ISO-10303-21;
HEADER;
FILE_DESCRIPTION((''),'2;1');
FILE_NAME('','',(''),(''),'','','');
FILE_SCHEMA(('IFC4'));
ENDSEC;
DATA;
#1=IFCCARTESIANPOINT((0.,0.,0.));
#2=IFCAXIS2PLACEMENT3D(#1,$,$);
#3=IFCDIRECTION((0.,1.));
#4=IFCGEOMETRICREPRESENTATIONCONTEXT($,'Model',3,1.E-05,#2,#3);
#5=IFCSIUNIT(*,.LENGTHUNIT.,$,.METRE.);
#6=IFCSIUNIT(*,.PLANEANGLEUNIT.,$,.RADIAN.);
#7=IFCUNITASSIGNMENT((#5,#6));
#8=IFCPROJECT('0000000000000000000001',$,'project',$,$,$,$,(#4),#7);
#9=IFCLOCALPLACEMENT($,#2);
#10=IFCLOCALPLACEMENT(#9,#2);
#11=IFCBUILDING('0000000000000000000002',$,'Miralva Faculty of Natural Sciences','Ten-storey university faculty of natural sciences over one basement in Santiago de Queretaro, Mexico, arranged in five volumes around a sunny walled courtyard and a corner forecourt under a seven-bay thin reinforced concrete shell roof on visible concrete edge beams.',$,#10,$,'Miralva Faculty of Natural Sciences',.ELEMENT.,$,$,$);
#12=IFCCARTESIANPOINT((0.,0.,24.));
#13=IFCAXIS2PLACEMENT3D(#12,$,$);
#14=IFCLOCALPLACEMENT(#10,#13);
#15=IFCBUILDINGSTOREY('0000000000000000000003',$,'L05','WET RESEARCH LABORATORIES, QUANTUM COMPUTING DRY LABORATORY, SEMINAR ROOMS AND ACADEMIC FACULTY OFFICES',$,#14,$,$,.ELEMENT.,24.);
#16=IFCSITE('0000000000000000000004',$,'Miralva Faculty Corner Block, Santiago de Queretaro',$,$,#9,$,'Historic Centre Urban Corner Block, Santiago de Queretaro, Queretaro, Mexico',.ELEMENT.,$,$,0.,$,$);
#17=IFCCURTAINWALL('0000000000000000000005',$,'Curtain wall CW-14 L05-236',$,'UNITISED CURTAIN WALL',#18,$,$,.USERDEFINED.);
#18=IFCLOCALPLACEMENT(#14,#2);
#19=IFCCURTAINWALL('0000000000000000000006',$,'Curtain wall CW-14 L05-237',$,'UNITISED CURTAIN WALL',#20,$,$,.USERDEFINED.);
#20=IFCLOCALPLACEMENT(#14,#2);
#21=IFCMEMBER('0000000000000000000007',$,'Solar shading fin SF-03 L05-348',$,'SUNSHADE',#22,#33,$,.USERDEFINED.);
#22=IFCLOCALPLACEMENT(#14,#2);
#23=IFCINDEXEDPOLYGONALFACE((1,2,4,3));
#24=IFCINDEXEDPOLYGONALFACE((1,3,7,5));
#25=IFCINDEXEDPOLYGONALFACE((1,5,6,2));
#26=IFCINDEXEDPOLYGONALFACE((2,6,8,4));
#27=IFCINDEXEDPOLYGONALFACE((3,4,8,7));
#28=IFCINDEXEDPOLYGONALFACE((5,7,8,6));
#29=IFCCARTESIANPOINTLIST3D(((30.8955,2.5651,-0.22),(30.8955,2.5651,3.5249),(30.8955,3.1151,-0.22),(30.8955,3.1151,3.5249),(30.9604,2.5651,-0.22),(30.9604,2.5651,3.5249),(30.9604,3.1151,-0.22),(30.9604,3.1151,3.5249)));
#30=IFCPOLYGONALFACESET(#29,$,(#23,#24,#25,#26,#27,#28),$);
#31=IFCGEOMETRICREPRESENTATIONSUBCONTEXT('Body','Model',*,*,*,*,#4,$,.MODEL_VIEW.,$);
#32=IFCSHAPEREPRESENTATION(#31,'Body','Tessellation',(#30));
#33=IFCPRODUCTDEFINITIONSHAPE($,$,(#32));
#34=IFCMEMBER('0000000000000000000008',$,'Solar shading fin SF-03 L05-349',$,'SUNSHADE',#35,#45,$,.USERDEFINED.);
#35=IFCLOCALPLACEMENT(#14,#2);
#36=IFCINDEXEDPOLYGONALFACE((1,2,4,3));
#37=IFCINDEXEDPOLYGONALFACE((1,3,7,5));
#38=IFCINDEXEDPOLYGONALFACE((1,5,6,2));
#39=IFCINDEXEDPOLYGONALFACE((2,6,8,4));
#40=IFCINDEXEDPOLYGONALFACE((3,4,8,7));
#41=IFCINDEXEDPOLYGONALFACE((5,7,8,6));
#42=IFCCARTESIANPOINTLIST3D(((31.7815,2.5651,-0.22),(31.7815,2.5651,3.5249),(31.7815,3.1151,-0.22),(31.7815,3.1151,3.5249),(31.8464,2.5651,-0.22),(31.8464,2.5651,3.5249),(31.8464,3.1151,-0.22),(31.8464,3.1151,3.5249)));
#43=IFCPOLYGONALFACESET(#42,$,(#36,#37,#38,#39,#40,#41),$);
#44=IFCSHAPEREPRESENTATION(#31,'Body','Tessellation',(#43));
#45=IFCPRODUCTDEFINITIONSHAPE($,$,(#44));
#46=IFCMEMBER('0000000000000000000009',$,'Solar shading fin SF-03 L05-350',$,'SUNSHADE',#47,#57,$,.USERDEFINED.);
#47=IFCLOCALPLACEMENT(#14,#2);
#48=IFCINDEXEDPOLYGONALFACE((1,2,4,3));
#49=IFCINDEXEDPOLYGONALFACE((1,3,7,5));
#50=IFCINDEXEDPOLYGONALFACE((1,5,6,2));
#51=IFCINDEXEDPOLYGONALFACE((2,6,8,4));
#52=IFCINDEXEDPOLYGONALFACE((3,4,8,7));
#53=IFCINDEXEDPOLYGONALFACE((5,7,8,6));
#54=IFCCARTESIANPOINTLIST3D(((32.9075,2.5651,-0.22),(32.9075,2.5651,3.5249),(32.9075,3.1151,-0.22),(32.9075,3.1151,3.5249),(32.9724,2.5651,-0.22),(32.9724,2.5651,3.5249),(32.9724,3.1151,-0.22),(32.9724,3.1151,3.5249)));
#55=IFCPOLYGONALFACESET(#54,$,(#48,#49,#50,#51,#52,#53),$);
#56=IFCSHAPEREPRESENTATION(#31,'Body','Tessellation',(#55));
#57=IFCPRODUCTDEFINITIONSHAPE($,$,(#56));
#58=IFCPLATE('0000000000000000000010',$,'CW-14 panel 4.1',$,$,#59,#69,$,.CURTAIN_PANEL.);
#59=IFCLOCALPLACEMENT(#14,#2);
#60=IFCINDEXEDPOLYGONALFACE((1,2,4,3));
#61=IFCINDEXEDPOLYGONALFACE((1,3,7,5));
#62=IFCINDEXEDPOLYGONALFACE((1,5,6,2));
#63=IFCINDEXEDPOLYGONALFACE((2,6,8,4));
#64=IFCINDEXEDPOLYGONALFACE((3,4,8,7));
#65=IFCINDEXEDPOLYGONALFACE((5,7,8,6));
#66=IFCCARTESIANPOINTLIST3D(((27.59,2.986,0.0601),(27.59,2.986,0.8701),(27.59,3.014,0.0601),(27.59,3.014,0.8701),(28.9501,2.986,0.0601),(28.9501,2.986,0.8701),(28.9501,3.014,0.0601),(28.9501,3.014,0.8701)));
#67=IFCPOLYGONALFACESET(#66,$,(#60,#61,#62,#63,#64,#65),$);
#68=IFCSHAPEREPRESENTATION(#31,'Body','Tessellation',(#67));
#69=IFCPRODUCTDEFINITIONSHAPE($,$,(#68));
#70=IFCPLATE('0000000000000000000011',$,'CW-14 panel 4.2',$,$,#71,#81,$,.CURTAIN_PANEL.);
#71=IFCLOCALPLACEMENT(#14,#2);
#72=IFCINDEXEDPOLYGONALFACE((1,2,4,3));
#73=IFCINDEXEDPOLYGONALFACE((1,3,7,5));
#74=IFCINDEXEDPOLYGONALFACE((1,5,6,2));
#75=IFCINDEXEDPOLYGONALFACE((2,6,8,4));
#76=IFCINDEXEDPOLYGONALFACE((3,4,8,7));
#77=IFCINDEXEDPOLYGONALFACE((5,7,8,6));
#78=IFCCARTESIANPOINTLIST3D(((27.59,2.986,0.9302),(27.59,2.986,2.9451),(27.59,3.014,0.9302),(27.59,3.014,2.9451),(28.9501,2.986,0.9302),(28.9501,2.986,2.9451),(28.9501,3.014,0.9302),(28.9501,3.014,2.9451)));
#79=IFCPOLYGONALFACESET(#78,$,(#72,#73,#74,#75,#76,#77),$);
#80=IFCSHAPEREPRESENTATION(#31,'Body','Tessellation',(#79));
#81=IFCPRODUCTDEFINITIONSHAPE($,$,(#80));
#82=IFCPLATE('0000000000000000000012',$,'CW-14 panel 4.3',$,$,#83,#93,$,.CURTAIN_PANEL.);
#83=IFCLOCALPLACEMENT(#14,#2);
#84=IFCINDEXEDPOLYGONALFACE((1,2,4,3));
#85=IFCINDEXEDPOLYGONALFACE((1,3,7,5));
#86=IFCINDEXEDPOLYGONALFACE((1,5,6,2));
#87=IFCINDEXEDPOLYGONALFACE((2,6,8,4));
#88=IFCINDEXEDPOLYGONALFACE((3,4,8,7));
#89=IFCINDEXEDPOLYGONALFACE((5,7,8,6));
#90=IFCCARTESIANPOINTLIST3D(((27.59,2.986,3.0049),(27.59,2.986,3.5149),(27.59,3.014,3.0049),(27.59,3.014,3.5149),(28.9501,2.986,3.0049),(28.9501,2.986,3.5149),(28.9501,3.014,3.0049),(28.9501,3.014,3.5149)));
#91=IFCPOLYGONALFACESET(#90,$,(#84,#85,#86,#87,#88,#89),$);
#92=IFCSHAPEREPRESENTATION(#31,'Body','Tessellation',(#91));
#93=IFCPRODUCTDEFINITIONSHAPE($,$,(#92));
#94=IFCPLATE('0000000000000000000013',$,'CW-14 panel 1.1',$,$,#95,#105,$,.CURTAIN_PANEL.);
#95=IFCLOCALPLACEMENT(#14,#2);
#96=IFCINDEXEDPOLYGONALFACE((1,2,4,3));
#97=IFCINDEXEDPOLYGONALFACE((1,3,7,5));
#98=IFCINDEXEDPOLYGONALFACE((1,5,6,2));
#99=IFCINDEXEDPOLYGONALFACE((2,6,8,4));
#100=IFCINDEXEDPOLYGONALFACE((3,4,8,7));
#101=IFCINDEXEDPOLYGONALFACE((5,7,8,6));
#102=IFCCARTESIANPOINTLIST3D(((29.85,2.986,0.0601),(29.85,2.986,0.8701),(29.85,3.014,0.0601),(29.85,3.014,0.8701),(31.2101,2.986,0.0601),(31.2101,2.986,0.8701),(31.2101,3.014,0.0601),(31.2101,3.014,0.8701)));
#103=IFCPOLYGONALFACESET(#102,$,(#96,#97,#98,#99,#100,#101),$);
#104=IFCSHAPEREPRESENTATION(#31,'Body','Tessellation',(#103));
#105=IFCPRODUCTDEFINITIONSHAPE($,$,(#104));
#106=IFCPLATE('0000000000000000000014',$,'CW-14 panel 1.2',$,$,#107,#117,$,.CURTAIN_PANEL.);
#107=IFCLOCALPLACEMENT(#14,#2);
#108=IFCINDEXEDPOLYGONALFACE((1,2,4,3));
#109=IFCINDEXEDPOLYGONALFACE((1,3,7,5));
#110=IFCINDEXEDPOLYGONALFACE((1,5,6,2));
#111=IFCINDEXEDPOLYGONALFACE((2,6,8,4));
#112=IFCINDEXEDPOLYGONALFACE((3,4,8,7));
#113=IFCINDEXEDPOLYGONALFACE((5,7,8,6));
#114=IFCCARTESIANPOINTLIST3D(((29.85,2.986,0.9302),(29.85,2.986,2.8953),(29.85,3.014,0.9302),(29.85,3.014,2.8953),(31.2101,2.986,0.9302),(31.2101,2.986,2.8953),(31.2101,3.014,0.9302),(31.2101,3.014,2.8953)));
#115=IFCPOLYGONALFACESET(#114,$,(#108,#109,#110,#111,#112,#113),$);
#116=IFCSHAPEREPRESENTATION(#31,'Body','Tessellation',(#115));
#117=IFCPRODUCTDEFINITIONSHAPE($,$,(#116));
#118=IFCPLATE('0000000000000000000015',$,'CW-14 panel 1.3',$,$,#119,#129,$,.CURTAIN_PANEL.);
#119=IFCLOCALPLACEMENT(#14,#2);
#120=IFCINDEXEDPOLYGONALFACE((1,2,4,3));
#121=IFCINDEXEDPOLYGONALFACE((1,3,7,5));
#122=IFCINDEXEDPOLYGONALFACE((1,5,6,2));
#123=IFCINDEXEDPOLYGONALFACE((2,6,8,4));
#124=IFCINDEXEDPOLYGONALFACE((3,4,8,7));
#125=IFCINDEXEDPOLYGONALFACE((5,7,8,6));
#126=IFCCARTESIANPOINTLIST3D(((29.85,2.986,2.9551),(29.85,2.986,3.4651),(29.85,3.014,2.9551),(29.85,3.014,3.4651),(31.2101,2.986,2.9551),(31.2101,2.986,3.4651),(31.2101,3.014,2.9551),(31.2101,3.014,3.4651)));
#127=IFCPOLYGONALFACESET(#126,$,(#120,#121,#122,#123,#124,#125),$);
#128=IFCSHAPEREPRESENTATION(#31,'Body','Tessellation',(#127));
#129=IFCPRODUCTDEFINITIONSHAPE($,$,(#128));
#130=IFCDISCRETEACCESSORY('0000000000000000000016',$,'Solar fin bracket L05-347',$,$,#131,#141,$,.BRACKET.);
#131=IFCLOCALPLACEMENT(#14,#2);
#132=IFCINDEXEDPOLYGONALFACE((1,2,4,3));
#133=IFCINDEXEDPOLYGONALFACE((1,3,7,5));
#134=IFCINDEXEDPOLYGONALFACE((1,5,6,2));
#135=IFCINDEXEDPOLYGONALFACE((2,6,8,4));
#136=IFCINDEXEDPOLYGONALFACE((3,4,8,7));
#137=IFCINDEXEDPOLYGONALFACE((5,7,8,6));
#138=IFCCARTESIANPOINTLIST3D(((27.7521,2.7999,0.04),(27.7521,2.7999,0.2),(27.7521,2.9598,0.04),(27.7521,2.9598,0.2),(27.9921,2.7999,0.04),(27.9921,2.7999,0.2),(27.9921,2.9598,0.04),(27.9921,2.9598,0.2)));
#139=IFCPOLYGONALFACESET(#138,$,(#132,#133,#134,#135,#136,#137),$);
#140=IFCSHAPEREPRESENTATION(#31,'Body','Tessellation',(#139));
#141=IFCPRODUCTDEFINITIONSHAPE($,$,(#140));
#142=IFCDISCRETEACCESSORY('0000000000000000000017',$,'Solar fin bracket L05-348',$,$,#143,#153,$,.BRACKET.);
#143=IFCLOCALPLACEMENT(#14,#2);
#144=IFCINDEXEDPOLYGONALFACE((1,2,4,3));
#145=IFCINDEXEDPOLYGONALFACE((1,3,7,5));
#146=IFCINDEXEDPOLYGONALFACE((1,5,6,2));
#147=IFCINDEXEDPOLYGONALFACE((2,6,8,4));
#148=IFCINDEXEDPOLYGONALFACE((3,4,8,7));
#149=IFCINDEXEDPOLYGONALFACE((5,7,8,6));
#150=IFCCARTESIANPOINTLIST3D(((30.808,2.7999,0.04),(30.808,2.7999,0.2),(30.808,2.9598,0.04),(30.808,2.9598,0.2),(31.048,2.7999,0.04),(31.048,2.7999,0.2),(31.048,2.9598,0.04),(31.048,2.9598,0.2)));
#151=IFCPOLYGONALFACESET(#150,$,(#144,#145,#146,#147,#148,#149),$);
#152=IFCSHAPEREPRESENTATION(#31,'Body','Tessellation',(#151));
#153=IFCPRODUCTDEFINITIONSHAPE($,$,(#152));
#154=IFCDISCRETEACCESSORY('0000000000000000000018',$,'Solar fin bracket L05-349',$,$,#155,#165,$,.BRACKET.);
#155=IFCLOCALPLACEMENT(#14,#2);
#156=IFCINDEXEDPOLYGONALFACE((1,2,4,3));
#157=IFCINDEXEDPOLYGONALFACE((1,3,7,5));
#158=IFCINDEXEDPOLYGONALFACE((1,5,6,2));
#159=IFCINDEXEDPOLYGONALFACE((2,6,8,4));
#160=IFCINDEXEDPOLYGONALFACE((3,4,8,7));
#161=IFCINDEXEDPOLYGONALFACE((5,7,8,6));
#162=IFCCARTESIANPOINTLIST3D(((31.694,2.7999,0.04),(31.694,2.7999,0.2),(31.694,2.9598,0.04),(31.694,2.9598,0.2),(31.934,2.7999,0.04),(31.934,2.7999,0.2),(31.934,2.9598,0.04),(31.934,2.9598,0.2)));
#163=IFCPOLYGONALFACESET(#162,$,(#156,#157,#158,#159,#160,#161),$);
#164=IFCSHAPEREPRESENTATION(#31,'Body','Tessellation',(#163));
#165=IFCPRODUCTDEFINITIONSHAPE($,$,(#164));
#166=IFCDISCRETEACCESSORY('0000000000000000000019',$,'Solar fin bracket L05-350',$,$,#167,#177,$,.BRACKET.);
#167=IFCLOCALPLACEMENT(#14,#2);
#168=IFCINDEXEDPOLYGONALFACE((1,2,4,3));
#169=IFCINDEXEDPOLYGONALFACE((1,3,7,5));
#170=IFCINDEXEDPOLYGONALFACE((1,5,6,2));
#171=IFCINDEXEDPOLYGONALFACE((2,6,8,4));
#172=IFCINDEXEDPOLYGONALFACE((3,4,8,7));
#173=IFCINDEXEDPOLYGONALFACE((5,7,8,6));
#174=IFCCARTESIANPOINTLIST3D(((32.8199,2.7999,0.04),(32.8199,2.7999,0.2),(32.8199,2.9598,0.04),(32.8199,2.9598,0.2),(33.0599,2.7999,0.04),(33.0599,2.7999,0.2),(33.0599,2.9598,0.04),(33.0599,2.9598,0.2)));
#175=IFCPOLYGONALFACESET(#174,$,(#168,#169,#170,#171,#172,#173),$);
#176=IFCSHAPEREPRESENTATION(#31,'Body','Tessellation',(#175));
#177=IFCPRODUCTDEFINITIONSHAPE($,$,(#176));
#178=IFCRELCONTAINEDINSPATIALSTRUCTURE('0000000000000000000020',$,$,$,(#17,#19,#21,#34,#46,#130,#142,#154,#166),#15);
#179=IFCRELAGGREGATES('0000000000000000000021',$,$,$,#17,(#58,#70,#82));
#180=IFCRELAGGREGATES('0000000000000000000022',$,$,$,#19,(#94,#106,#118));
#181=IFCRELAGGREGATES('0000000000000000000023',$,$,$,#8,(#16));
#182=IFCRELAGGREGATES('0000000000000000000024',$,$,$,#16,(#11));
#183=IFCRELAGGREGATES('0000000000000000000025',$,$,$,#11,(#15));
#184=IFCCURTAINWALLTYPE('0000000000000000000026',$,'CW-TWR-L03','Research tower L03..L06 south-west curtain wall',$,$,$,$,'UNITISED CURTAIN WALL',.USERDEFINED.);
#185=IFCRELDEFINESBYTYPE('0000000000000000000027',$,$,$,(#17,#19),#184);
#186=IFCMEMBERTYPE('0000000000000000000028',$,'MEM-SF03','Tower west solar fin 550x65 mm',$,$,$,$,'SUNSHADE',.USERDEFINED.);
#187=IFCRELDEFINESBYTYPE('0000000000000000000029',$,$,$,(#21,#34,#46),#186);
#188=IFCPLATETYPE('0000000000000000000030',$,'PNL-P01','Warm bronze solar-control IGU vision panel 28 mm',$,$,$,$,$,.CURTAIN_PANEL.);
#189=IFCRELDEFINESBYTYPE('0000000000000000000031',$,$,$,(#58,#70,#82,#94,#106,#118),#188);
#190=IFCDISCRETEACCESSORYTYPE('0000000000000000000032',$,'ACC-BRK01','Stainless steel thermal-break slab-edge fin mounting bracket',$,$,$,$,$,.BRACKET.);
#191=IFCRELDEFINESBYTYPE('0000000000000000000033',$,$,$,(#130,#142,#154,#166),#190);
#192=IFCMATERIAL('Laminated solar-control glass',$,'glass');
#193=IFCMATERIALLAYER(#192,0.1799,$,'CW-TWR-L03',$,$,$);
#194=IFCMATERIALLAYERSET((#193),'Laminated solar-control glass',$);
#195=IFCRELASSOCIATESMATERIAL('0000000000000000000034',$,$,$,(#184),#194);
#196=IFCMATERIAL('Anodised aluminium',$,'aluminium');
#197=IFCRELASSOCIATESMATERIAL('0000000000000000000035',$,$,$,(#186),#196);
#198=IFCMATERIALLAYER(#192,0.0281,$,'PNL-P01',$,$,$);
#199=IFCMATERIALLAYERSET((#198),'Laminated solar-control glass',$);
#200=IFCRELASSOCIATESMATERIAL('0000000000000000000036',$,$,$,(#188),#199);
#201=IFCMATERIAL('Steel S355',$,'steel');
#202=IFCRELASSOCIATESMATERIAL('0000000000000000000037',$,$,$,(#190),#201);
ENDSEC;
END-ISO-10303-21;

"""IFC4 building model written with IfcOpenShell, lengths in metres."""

from ifc_helpers import new_model, si_unit, direction, frame, origin, origin_2d, place, context, subcontext, project, spatial, rectangle, extrude, material, layer, layer_set, material_profile, profile_set, type_object, element, aggregate, save


model = new_model("IFC4")

# Units and contexts
model_context = context("Model", 3, precision=1e-05, world=origin(), true_north=direction((0.0, 1.0)))
body_context = subcontext(model_context, "Body", "Model", "MODEL_VIEW")
ifc_project = project(units=[si_unit("LENGTHUNIT", "METRE"), si_unit("PLANEANGLEUNIT", "RADIAN")], contexts=[model_context])

# Site, building, storey
site_placement = place(None, origin())
site = spatial("IfcSite", under=ifc_project, at=site_placement, Name="Miralva Faculty Corner Block, Santiago de Queretaro", LongName="Historic Centre Urban Corner Block, Santiago de Queretaro, Queretaro, Mexico", CompositionType="ELEMENT", RefElevation=0.0)
building_placement = place(site_placement, origin())
building = spatial("IfcBuilding", under=site, at=building_placement, Name="Miralva Faculty of Natural Sciences", Description="Ten-storey university faculty of natural sciences over one basement in Santiago de Queretaro, Mexico, arranged in five volumes around a sunny walled courtyard and a corner forecourt under a seven-bay thin reinforced concrete shell roof on visible concrete edge beams.", LongName="Miralva Faculty of Natural Sciences", CompositionType="ELEMENT")
storey_placement = place(building_placement, frame((0.0, 0.0, 24.0)))
storey = spatial("IfcBuildingStorey", under=building, at=storey_placement, Name="L05", Description="WET RESEARCH LABORATORIES, QUANTUM COMPUTING DRY LABORATORY, SEMINAR ROOMS AND ACADEMIC FACULTY OFFICES", CompositionType="ELEMENT", Elevation=24.0)

# Curtain wall
ifc_material_1 = material(Name="Laminated solar-control glass", Category="glass")
ifc_layer_1 = layer(ifc_material_1, 0.1799, Name="CW-TWR-L03")
ifc_layer_set_1 = layer_set([ifc_layer_1], Name="Laminated solar-control glass")
curtain_wall_type = type_object("IfcCurtainWallType", Name="CW-TWR-L03", Description="Research tower L03..L06 south-west curtain wall", ElementType="UNITISED CURTAIN WALL", PredefinedType="USERDEFINED", material=ifc_layer_set_1)
curtain_wall_1_placement = place(storey_placement, origin())
curtain_wall_1 = element("IfcCurtainWall", 1, at=curtain_wall_1_placement, inside=storey, type_object=curtain_wall_type, Name="Curtain wall CW-14 L05-236", ObjectType="UNITISED CURTAIN WALL", PredefinedType="USERDEFINED")
ifc_material_2 = material(Name="Anodised aluminium", Category="aluminium")

# Curtain wall
curtain_wall_2_placement = place(storey_placement, origin())
curtain_wall_2 = element("IfcCurtainWall", 2, at=curtain_wall_2_placement, inside=storey, type_object=curtain_wall_type, Name="Curtain wall CW-14 L05-237", ObjectType="UNITISED CURTAIN WALL", PredefinedType="USERDEFINED")

# Members
ifc_material_profile_1 = material_profile(ifc_material_2, rectangle(XDim=0.0649, YDim=0.55, at=origin_2d()), Name="FIN 550x65")
ifc_profile_set_1 = profile_set([ifc_material_profile_1], Name="Anodised aluminium")
member_type_1 = type_object("IfcMemberType", Name="MEM-SF03", Description="Tower west solar fin 550x65 mm", ElementType="SUNSHADE", PredefinedType="USERDEFINED", material=ifc_profile_set_1)
for number, where, z_axis, x_axis, name in (
    (3, (30.928, 2.8401, -0.22), (0.0, 0.0, 1.0), (1.0, 0.0, 0.0), "Solar shading fin SF-03 L05-348"),
    (4, (31.814, 2.8401, -0.22), (0.0, 0.0, 1.0), (1.0, 0.0, 0.0), "Solar shading fin SF-03 L05-349"),
    (5, (32.9399, 2.8401, -0.22), (0.0, 0.0, 1.0), (1.0, 0.0, 0.0), "Solar shading fin SF-03 L05-350"),
):
    element("IfcMember", number, at=place(storey_placement, frame(where, z_axis=z_axis, x_axis=x_axis)), inside=storey, type_object=member_type_1, Name=name, ObjectType="SUNSHADE", PredefinedType="USERDEFINED", context=body_context, shape_type="SweptSolid", body=[
        extrude(rectangle(XDim=0.0649, YDim=0.55, at=origin_2d()), origin(), (0.0, 0.0, 1.0), 3.7449),
    ])

# Plates
ifc_layer_2 = layer(ifc_material_1, 0.0281, Name="PNL-P01")
ifc_layer_set_2 = layer_set([ifc_layer_2], Name="Laminated solar-control glass")
plate_type = type_object("IfcPlateType", Name="PNL-P01", Description="Warm bronze solar-control IGU vision panel 28 mm", PredefinedType="CURTAIN_PANEL", material=ifc_layer_set_2)
plate_1_placement = place(storey_placement, frame((28.27, 3.0, 0.0601), z_axis=(0.0, 0.0, 1.0), x_axis=(1.0, 0.0, 0.0)))
plate_1 = element("IfcPlate", 6, at=plate_1_placement, type_object=plate_type, Name="CW-14 panel 4.1", PredefinedType="CURTAIN_PANEL", context=body_context, shape_type="SweptSolid", body=[
    extrude(rectangle(XDim=1.3601, YDim=0.0281, at=origin_2d()), origin(), (0.0, 0.0, 1.0), 0.8101),
])
plate_2_placement = place(storey_placement, frame((28.27, 3.0, 0.9302), z_axis=(0.0, 0.0, 1.0), x_axis=(1.0, 0.0, 0.0)))
plate_2 = element("IfcPlate", 7, at=plate_2_placement, type_object=plate_type, Name="CW-14 panel 4.2", PredefinedType="CURTAIN_PANEL", context=body_context, shape_type="SweptSolid", body=[
    extrude(rectangle(XDim=1.3601, YDim=0.0281, at=origin_2d()), origin(), (0.0, 0.0, 1.0), 2.0149),
])
plate_3_placement = place(storey_placement, frame((28.27, 3.0, 3.0049), z_axis=(0.0, 0.0, 1.0), x_axis=(1.0, 0.0, 0.0)))
plate_3 = element("IfcPlate", 8, at=plate_3_placement, type_object=plate_type, Name="CW-14 panel 4.3", PredefinedType="CURTAIN_PANEL", context=body_context, shape_type="SweptSolid", body=[
    extrude(rectangle(XDim=1.3601, YDim=0.0281, at=origin_2d()), origin(), (0.0, 0.0, 1.0), 0.51),
])
aggregate(curtain_wall_1, [plate_1, plate_2, plate_3])
plate_4_placement = place(storey_placement, frame((30.53, 3.0, 0.0601), z_axis=(0.0, 0.0, 1.0), x_axis=(1.0, 0.0, 0.0)))
plate_4 = element("IfcPlate", 9, at=plate_4_placement, type_object=plate_type, Name="CW-14 panel 1.1", PredefinedType="CURTAIN_PANEL", context=body_context, shape_type="SweptSolid", body=[
    extrude(rectangle(XDim=1.3601, YDim=0.0281, at=origin_2d()), origin(), (0.0, 0.0, 1.0), 0.8101),
])
plate_5_placement = place(storey_placement, frame((30.53, 3.0, 0.9302), z_axis=(0.0, 0.0, 1.0), x_axis=(1.0, 0.0, 0.0)))
plate_5 = element("IfcPlate", 10, at=plate_5_placement, type_object=plate_type, Name="CW-14 panel 1.2", PredefinedType="CURTAIN_PANEL", context=body_context, shape_type="SweptSolid", body=[
    extrude(rectangle(XDim=1.3601, YDim=0.0281, at=origin_2d()), origin(), (0.0, 0.0, 1.0), 1.9651),
])
plate_6_placement = place(storey_placement, frame((30.53, 3.0, 2.9551), z_axis=(0.0, 0.0, 1.0), x_axis=(1.0, 0.0, 0.0)))
plate_6 = element("IfcPlate", 11, at=plate_6_placement, type_object=plate_type, Name="CW-14 panel 1.3", PredefinedType="CURTAIN_PANEL", context=body_context, shape_type="SweptSolid", body=[
    extrude(rectangle(XDim=1.3601, YDim=0.0281, at=origin_2d()), origin(), (0.0, 0.0, 1.0), 0.51),
])
aggregate(curtain_wall_2, [plate_4, plate_5, plate_6])

# Discrete accessories
ifc_material_3 = material(Name="Steel S355", Category="steel")
discrete_accessory_type = type_object("IfcDiscreteAccessoryType", Name="ACC-BRK01", Description="Stainless steel thermal-break slab-edge fin mounting bracket", PredefinedType="BRACKET", material=ifc_material_3)
for number, where, z_axis, x_axis, name in (
    (12, (27.8721, 2.8799, 0.04), (0.0, 0.0, 1.0), (0.0, -1.0, 0.0), "Solar fin bracket L05-347"),
    (13, (30.928, 2.8799, 0.04), (0.0, 0.0, 1.0), (0.0, -1.0, 0.0), "Solar fin bracket L05-348"),
    (14, (31.814, 2.8799, 0.04), (0.0, 0.0, 1.0), (0.0, -1.0, 0.0), "Solar fin bracket L05-349"),
    (15, (32.9399, 2.8799, 0.04), (0.0, 0.0, 1.0), (0.0, -1.0, 0.0), "Solar fin bracket L05-350"),
):
    element("IfcDiscreteAccessory", number, at=place(storey_placement, frame(where, z_axis=z_axis, x_axis=x_axis)), inside=storey, type_object=discrete_accessory_type, Name=name, PredefinedType="BRACKET", context=body_context, shape_type="SweptSolid", body=[
        extrude(rectangle(XDim=0.1599, YDim=0.24, at=origin_2d()), origin(), (0.0, 0.0, 1.0), 0.1599),
    ])

save(model, "model.ifc")
